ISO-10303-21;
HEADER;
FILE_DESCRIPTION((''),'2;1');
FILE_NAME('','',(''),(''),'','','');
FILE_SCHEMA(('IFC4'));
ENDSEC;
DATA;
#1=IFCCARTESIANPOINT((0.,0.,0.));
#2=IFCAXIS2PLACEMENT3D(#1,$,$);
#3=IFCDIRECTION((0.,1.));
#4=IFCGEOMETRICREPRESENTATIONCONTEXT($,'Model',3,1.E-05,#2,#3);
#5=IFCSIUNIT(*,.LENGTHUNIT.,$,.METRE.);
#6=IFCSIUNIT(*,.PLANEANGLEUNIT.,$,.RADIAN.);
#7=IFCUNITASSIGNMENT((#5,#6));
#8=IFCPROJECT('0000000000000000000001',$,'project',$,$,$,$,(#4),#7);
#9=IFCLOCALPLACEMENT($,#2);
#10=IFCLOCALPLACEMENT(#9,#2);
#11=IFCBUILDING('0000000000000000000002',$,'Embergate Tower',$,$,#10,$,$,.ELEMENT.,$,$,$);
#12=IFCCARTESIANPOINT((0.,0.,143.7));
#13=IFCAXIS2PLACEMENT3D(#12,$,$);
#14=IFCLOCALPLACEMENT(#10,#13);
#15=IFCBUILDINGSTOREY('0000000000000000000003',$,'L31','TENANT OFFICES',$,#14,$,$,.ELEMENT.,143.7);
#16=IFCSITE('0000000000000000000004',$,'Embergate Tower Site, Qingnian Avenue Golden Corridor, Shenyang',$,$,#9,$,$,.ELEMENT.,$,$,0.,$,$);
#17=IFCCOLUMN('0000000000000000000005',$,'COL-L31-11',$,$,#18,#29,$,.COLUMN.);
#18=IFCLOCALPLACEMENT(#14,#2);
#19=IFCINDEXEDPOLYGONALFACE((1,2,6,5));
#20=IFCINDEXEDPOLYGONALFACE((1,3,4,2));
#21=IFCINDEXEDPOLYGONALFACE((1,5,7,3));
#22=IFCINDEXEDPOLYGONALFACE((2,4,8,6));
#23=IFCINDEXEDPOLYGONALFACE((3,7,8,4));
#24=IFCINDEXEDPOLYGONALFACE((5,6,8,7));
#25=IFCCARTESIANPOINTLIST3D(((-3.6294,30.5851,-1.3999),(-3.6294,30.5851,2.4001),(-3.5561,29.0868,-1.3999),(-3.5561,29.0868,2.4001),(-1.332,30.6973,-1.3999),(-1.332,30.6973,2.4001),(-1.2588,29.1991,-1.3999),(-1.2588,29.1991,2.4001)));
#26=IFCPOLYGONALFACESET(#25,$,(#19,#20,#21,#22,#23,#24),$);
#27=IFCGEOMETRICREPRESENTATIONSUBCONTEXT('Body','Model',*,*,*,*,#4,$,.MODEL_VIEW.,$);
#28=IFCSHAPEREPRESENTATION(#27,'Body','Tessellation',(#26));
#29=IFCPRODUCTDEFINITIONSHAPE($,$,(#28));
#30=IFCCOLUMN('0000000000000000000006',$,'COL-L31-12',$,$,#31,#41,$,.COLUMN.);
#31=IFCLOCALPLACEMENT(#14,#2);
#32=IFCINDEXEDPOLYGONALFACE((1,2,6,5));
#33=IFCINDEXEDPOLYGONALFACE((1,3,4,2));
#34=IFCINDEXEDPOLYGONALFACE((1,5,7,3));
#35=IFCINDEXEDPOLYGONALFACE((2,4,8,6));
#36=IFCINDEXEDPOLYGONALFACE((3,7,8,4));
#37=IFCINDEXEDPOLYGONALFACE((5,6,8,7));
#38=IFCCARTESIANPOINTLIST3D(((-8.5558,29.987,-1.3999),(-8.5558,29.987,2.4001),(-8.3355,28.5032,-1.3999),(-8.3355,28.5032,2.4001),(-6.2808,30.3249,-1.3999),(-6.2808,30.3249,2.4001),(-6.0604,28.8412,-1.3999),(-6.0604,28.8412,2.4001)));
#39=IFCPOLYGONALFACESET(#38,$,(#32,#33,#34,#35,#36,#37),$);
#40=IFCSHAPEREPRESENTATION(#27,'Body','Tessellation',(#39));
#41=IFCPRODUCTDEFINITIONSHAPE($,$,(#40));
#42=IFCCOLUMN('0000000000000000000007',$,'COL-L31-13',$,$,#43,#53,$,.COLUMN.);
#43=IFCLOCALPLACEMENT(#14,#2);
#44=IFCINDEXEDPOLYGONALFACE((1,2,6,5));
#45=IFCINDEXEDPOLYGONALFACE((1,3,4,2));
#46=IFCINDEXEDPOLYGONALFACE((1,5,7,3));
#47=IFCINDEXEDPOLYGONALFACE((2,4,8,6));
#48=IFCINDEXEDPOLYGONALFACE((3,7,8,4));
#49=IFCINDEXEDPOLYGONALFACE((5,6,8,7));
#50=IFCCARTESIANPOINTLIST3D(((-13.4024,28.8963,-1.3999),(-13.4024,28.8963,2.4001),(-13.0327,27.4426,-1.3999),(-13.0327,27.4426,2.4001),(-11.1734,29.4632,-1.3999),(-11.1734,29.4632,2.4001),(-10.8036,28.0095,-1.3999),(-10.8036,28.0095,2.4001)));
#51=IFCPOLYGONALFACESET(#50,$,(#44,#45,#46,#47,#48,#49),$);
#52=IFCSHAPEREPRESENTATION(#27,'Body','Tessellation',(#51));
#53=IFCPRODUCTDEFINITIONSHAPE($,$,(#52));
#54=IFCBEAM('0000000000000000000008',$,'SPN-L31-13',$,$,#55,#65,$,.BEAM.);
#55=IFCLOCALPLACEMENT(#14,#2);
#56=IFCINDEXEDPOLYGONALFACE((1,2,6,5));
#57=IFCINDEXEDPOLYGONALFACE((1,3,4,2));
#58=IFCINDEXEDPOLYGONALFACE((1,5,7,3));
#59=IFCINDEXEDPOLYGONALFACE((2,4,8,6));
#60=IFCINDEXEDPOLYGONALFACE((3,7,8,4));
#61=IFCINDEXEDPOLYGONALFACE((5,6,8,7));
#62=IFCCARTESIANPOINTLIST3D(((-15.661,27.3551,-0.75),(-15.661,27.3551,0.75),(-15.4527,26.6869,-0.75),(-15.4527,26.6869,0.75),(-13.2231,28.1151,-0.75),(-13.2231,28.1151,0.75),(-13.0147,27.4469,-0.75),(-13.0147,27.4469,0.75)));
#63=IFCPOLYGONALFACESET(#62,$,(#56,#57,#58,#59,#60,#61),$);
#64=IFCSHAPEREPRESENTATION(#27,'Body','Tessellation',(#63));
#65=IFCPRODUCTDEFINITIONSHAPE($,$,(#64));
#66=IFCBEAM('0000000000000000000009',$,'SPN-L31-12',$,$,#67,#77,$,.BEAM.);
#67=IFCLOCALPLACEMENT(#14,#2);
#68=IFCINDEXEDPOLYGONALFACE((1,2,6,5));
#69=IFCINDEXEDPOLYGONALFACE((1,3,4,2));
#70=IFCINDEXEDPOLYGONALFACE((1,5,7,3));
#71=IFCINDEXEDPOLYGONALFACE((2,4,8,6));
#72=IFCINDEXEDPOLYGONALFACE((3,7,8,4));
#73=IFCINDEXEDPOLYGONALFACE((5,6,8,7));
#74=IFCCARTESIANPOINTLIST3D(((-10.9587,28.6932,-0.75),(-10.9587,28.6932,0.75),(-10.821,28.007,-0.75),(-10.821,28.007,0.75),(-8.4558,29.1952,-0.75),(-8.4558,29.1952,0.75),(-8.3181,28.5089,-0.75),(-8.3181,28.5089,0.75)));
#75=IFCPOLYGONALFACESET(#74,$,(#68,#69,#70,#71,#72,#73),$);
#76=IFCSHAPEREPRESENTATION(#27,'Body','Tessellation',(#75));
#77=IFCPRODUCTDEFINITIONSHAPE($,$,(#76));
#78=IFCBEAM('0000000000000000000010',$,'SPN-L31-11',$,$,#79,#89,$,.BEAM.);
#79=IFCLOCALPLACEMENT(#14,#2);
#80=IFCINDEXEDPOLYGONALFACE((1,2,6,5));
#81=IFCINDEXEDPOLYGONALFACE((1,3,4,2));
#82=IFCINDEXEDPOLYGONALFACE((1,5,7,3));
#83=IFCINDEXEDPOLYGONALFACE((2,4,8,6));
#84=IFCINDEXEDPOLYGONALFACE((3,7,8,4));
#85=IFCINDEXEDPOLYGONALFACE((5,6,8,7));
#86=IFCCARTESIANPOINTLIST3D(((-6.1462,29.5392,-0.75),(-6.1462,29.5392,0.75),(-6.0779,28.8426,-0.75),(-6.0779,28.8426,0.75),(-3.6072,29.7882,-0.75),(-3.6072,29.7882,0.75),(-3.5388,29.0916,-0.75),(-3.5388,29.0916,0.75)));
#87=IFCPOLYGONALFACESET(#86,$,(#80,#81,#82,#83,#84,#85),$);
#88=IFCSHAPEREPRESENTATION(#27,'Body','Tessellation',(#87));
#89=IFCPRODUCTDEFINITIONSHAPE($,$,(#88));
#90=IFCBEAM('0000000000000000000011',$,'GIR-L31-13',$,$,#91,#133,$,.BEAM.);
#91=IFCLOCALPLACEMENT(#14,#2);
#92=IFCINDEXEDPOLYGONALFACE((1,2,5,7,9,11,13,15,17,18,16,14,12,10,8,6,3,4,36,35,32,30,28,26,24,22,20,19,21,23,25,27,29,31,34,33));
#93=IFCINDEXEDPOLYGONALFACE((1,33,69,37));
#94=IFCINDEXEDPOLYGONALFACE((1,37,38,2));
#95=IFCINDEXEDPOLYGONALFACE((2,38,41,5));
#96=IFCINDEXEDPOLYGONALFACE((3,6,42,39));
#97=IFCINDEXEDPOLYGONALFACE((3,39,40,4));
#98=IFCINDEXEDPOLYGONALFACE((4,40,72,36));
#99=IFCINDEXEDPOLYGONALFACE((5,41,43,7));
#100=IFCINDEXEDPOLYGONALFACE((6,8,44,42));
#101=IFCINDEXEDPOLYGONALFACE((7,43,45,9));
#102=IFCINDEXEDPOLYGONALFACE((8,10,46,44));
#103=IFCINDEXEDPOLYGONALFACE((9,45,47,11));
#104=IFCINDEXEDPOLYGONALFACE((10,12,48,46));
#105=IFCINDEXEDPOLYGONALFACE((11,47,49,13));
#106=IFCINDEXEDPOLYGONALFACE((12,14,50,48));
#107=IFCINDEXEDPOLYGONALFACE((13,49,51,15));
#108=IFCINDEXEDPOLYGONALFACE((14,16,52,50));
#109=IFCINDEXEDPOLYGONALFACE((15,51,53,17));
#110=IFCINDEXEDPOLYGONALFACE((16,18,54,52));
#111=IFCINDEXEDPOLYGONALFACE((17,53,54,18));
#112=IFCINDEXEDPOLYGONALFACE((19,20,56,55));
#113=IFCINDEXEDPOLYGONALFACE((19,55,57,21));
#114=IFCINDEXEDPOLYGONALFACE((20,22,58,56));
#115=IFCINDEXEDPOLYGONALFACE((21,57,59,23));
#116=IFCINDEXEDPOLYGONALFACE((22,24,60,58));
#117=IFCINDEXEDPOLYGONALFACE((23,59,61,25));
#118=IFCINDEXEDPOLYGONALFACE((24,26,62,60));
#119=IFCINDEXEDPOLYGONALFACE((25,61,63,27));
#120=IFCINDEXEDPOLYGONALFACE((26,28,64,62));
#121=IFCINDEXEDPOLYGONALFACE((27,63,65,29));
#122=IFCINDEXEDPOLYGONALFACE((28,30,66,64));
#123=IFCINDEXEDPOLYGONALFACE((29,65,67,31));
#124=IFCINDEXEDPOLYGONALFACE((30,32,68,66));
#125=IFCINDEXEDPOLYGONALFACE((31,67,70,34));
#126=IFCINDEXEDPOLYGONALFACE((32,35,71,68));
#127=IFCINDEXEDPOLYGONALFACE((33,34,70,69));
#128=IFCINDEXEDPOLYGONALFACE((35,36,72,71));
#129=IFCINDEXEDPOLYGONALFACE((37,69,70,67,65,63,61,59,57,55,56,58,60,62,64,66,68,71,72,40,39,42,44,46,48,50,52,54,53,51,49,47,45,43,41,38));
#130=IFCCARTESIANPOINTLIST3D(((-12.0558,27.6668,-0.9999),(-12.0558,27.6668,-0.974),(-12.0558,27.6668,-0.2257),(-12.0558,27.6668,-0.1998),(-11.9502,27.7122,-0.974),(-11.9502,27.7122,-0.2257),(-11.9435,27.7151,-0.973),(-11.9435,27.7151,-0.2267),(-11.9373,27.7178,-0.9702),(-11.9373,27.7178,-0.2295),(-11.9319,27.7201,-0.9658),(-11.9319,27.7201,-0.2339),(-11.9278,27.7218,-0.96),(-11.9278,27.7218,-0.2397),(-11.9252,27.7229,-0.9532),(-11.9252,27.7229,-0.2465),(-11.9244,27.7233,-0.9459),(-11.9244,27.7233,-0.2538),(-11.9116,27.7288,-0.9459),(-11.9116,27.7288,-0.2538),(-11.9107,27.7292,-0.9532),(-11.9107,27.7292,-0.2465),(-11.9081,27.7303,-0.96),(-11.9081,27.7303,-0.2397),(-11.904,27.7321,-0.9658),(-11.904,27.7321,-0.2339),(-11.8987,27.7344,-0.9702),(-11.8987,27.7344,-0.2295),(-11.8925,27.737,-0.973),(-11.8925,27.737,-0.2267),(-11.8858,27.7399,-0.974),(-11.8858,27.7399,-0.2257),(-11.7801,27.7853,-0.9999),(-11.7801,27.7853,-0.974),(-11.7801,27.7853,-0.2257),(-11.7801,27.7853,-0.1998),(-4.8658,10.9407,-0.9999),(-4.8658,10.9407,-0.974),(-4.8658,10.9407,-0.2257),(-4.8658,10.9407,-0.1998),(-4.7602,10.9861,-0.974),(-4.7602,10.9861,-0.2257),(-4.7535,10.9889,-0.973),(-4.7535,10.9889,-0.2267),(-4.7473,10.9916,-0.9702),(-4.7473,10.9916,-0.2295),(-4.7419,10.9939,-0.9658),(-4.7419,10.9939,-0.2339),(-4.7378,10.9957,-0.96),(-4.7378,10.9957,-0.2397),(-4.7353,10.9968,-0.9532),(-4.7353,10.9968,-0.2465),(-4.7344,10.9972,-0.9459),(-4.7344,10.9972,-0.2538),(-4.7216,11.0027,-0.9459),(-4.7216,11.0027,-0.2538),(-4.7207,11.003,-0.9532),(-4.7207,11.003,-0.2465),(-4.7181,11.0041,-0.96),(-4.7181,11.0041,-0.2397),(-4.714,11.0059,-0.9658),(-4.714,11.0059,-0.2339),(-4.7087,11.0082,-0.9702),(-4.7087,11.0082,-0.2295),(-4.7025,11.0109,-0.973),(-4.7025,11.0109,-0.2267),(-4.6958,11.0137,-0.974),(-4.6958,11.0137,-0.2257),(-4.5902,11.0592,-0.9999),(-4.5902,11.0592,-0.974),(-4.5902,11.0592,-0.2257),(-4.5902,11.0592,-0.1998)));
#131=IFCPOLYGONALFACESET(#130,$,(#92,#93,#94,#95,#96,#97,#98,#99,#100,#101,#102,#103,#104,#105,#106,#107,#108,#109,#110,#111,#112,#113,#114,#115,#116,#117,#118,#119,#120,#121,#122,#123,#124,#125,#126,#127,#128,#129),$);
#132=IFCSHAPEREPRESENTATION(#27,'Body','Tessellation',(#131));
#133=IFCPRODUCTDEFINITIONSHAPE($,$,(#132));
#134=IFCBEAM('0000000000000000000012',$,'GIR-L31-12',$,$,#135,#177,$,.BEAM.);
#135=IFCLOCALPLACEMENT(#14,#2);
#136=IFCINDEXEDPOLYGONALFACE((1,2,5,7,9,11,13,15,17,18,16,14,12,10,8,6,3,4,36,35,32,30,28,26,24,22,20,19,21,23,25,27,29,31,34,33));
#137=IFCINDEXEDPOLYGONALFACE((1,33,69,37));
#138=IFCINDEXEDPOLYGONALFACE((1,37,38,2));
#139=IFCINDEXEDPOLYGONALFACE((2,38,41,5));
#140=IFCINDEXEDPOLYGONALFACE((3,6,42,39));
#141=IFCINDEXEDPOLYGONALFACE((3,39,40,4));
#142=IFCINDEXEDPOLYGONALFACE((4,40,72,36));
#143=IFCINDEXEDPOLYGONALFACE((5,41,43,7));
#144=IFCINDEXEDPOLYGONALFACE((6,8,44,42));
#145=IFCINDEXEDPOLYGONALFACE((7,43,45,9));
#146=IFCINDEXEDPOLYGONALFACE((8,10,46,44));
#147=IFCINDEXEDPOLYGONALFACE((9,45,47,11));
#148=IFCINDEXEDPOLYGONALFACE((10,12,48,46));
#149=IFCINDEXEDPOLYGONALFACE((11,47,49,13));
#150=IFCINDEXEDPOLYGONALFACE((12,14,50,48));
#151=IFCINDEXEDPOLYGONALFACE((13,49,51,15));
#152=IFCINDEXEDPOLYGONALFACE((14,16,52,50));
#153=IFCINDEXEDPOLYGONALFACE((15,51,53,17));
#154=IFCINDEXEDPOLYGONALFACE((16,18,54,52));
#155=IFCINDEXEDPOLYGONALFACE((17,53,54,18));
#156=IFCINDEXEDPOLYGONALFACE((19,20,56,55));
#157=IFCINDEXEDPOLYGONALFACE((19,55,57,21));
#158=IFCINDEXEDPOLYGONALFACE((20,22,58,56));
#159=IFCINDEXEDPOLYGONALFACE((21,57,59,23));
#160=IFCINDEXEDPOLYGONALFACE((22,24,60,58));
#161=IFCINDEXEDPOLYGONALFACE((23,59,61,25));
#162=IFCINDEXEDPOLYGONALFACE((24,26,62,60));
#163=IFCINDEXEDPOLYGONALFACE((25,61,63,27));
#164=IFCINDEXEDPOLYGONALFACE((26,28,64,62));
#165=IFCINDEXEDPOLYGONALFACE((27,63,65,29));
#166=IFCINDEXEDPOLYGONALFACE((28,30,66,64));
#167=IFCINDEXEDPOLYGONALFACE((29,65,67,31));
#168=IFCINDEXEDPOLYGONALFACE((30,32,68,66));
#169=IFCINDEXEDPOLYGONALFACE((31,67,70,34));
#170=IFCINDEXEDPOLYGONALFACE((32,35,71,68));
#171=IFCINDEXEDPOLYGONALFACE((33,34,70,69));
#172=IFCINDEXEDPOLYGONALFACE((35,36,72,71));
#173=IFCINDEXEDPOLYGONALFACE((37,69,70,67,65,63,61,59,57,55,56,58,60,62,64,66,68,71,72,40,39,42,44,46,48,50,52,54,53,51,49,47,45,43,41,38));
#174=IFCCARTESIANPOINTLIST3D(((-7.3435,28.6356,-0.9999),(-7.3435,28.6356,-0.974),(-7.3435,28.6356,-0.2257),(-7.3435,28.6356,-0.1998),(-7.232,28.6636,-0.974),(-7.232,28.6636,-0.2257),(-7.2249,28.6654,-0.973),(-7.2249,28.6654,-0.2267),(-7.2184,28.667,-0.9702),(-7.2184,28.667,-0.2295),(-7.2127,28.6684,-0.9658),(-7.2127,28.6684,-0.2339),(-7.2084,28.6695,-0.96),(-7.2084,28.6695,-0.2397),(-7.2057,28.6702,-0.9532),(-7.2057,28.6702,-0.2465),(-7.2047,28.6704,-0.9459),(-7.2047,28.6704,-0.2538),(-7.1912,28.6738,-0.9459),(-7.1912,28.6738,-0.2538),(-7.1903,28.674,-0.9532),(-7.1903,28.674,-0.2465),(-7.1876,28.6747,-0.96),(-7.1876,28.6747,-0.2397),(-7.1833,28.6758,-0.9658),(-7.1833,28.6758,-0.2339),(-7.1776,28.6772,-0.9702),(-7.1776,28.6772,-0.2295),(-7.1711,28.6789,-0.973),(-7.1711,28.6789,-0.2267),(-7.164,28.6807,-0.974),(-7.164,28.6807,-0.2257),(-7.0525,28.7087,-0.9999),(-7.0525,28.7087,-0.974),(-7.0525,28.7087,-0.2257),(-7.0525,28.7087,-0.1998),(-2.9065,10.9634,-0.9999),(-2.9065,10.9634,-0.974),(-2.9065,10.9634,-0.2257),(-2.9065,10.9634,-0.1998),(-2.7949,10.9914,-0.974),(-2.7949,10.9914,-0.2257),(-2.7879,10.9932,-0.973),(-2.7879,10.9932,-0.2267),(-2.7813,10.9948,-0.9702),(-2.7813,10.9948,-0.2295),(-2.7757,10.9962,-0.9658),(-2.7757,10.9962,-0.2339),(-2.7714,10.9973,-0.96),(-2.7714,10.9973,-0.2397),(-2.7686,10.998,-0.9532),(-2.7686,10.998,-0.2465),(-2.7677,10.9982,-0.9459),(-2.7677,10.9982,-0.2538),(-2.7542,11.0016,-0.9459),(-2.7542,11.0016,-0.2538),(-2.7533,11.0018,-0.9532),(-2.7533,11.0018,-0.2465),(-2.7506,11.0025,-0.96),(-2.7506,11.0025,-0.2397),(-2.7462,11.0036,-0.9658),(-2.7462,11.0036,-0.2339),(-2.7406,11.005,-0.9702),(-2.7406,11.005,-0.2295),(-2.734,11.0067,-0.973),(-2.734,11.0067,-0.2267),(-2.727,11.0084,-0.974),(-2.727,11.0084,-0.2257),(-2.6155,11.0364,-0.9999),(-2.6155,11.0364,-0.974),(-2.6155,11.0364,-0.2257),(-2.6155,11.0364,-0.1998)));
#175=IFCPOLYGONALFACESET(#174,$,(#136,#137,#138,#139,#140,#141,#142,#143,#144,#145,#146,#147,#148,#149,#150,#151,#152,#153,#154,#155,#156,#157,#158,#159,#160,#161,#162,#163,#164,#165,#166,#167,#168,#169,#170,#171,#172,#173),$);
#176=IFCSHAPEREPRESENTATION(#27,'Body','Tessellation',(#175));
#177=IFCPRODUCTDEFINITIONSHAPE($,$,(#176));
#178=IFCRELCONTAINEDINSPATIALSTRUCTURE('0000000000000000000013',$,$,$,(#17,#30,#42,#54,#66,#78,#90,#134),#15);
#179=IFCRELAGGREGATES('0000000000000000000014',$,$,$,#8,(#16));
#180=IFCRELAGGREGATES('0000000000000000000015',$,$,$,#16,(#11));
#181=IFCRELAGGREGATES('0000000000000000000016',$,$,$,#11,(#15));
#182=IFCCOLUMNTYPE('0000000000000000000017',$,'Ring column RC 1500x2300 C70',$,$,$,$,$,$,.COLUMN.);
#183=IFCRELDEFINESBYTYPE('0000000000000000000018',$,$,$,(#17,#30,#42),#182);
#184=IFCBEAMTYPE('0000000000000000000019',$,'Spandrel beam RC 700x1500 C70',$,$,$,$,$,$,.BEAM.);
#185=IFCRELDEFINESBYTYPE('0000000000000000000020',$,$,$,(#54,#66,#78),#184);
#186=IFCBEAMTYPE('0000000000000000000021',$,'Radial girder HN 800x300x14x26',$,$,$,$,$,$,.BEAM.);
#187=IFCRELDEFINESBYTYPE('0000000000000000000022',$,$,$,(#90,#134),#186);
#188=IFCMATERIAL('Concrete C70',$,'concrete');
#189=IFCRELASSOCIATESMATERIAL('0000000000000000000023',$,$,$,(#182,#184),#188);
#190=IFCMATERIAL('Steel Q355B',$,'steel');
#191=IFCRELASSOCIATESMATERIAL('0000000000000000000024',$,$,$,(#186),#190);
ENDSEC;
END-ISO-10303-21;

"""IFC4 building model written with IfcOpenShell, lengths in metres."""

from ifc_helpers import new_model, si_unit, direction, frame, origin, origin_2d, place, context, subcontext, project, spatial, rectangle, i_section, extrude, source, transform, mapped, material, material_profile, profile_set, type_object, element, save


model = new_model("IFC4")

# Units and contexts
model_context = context("Model", 3, precision=1e-05, world=origin(), true_north=direction((0.0, 1.0)))
body_context = subcontext(model_context, "Body", "Model", "MODEL_VIEW")
ifc_project = project(units=[si_unit("LENGTHUNIT", "METRE"), si_unit("PLANEANGLEUNIT", "RADIAN")], contexts=[model_context])

# Site, building, storey
site_placement = place(None, origin())
site = spatial("IfcSite", under=ifc_project, at=site_placement, Name="Embergate Tower Site, Qingnian Avenue Golden Corridor, Shenyang", CompositionType="ELEMENT", RefElevation=0.0)
building_placement = place(site_placement, origin())
building = spatial("IfcBuilding", under=site, at=building_placement, Name="Embergate Tower", CompositionType="ELEMENT")
storey_placement = place(building_placement, frame((0.0, 0.0, 143.7)))
storey = spatial("IfcBuildingStorey", under=building, at=storey_placement, Name="L31", Description="TENANT OFFICES", CompositionType="ELEMENT", Elevation=143.7)

# Columns
ifc_material_1 = material(Name="Concrete C70", Category="concrete")
ifc_material_profile_1 = material_profile(ifc_material_1, rectangle(XDim=1.5, YDim=2.3, at=origin_2d()), Name="RC 1500x2300")
ifc_profile_set_1 = profile_set([ifc_material_profile_1], Name="Concrete C70")
column_type = type_object("IfcColumnType", Name="Ring column RC 1500x2300 C70", PredefinedType="COLUMN", material=ifc_profile_set_1)
shared_shape_1 = source(origin(), body_context, "Body", "SweptSolid", [
    extrude(rectangle(XDim=1.5, YDim=2.3, at=origin_2d()), origin(), (0.0, 0.0, 1.0), 3.8),
])
for number, where, z_axis, x_axis, name in (
    (1, (-2.4441, 29.8921, -1.3999), (0.0, 0.0, 1.0), (-0.048815, 0.998808, 0.0), "COL-L31-11"),
    (2, (-7.3081, 29.4141, -1.3999), (0.0, 0.0, 1.0), (-0.146929, 0.989147, 0.0), "COL-L31-12"),
    (3, (-12.103, 28.4529, -1.3999), (0.0, 0.0, 1.0), (-0.246492, 0.969145, 0.0), "COL-L31-13"),
):
    element("IfcColumn", number, at=place(storey_placement, frame(where, z_axis=z_axis, x_axis=x_axis)), inside=storey, type_object=column_type, Name=name, PredefinedType="COLUMN", context=body_context, shape_type="MappedRepresentation", body=[
        mapped(shared_shape_1, transform((0.0, 0.0, 0.0))),
    ])

# Beams
ifc_material_profile_2 = material_profile(ifc_material_1, rectangle(XDim=0.7, YDim=1.5, at=origin_2d()), Name="RC 700x1500")
ifc_profile_set_2 = profile_set([ifc_material_profile_2], Name="Concrete C70")
beam_type_1 = type_object("IfcBeamType", Name="Spandrel beam RC 700x1500 C70", PredefinedType="BEAM", material=ifc_profile_set_2)
shared_shape_2 = source(origin(), body_context, "Body", "SweptSolid", [
    extrude(rectangle(XDim=0.7, YDim=1.5, at=origin_2d()), origin(), (0.0, 0.0, 1.0), 2.5537),
])
beam_1_placement = place(storey_placement, frame((-13.1189, 27.781, 0.0), z_axis=(-0.954687, -0.297611, 0.0), x_axis=(0.297611, -0.954687, 0.0)))
element("IfcBeam", 4, at=beam_1_placement, inside=storey, type_object=beam_type_1, Name="SPN-L31-13", PredefinedType="BEAM", context=body_context, shape_type="MappedRepresentation", body=[
    mapped(shared_shape_2, transform((0.0, 0.0, 0.0))),
])
shared_shape_3 = source(origin(), body_context, "Body", "SweptSolid", [
    extrude(rectangle(XDim=0.7, YDim=1.5, at=origin_2d()), origin(), (0.0, 0.0, 1.0), 2.5527),
])
beam_2_placement = place(storey_placement, frame((-8.387, 28.8521, 0.0), z_axis=(-0.980478, -0.196631, 0.0), x_axis=(0.196631, -0.980478, 0.0)))
element("IfcBeam", 5, at=beam_2_placement, inside=storey, type_object=beam_type_1, Name="SPN-L31-12", PredefinedType="BEAM", context=body_context, shape_type="MappedRepresentation", body=[
    mapped(shared_shape_3, transform((0.0, 0.0, 0.0))),
])
shared_shape_4 = source(origin(), body_context, "Body", "SweptSolid", [
    extrude(rectangle(XDim=0.7, YDim=1.5, at=origin_2d()), origin(), (0.0, 0.0, 1.0), 2.5513),
])
beam_3_placement = place(storey_placement, frame((-3.573, 29.4399, 0.0), z_axis=(-0.995225, -0.097609, 0.0), x_axis=(0.097609, -0.995225, 0.0)))
element("IfcBeam", 6, at=beam_3_placement, inside=storey, type_object=beam_type_1, Name="SPN-L31-11", PredefinedType="BEAM", context=body_context, shape_type="MappedRepresentation", body=[
    mapped(shared_shape_4, transform((0.0, 0.0, 0.0))),
])
ifc_material_2 = material(Name="Steel Q355B", Category="steel")
ifc_material_profile_3 = material_profile(ifc_material_2, i_section(OverallWidth=0.3, OverallDepth=0.8, WebThickness=0.0139, FlangeThickness=0.0259, FilletRadius=0.0281, at=origin_2d()), Name="HN 800x300x14x26")
ifc_profile_set_3 = profile_set([ifc_material_profile_3], Name="Steel Q355 grade B")
beam_type_2 = type_object("IfcBeamType", Name="Radial girder HN 800x300x14x26", PredefinedType="BEAM", material=ifc_profile_set_3)
shared_shape_5 = source(origin(), body_context, "Body", "SweptSolid", [
    extrude(i_section(OverallWidth=0.3, OverallDepth=0.8, WebThickness=0.0139, FlangeThickness=0.0259, FilletRadius=0.0281, at=origin_2d()), origin(), (0.0, 0.0, 1.0), 18.2061),
])
beam_4_placement = place(storey_placement, frame((-11.918, 27.7261, -0.5999), z_axis=(0.394922, -0.918714, 0.0), x_axis=(0.918714, 0.394922, 0.0)))
element("IfcBeam", 7, at=beam_4_placement, inside=storey, type_object=beam_type_2, Name="GIR-L31-13", PredefinedType="BEAM", context=body_context, shape_type="MappedRepresentation", body=[
    mapped(shared_shape_5, transform((0.0, 0.0, 0.0))),
])
shared_shape_6 = source(origin(), body_context, "Body", "SweptSolid", [
    extrude(i_section(OverallWidth=0.3, OverallDepth=0.8, WebThickness=0.0139, FlangeThickness=0.0259, FilletRadius=0.0281, at=origin_2d()), origin(), (0.0, 0.0, 1.0), 18.2207),
])
beam_5_placement = place(storey_placement, frame((-7.198, 28.6721, -0.5999), z_axis=(0.243516, -0.969897, 0.0), x_axis=(0.969897, 0.243516, 0.0)))
element("IfcBeam", 8, at=beam_5_placement, inside=storey, type_object=beam_type_2, Name="GIR-L31-12", PredefinedType="BEAM", context=body_context, shape_type="MappedRepresentation", body=[
    mapped(shared_shape_6, transform((0.0, 0.0, 0.0))),
])

save(model, "model.ifc")
